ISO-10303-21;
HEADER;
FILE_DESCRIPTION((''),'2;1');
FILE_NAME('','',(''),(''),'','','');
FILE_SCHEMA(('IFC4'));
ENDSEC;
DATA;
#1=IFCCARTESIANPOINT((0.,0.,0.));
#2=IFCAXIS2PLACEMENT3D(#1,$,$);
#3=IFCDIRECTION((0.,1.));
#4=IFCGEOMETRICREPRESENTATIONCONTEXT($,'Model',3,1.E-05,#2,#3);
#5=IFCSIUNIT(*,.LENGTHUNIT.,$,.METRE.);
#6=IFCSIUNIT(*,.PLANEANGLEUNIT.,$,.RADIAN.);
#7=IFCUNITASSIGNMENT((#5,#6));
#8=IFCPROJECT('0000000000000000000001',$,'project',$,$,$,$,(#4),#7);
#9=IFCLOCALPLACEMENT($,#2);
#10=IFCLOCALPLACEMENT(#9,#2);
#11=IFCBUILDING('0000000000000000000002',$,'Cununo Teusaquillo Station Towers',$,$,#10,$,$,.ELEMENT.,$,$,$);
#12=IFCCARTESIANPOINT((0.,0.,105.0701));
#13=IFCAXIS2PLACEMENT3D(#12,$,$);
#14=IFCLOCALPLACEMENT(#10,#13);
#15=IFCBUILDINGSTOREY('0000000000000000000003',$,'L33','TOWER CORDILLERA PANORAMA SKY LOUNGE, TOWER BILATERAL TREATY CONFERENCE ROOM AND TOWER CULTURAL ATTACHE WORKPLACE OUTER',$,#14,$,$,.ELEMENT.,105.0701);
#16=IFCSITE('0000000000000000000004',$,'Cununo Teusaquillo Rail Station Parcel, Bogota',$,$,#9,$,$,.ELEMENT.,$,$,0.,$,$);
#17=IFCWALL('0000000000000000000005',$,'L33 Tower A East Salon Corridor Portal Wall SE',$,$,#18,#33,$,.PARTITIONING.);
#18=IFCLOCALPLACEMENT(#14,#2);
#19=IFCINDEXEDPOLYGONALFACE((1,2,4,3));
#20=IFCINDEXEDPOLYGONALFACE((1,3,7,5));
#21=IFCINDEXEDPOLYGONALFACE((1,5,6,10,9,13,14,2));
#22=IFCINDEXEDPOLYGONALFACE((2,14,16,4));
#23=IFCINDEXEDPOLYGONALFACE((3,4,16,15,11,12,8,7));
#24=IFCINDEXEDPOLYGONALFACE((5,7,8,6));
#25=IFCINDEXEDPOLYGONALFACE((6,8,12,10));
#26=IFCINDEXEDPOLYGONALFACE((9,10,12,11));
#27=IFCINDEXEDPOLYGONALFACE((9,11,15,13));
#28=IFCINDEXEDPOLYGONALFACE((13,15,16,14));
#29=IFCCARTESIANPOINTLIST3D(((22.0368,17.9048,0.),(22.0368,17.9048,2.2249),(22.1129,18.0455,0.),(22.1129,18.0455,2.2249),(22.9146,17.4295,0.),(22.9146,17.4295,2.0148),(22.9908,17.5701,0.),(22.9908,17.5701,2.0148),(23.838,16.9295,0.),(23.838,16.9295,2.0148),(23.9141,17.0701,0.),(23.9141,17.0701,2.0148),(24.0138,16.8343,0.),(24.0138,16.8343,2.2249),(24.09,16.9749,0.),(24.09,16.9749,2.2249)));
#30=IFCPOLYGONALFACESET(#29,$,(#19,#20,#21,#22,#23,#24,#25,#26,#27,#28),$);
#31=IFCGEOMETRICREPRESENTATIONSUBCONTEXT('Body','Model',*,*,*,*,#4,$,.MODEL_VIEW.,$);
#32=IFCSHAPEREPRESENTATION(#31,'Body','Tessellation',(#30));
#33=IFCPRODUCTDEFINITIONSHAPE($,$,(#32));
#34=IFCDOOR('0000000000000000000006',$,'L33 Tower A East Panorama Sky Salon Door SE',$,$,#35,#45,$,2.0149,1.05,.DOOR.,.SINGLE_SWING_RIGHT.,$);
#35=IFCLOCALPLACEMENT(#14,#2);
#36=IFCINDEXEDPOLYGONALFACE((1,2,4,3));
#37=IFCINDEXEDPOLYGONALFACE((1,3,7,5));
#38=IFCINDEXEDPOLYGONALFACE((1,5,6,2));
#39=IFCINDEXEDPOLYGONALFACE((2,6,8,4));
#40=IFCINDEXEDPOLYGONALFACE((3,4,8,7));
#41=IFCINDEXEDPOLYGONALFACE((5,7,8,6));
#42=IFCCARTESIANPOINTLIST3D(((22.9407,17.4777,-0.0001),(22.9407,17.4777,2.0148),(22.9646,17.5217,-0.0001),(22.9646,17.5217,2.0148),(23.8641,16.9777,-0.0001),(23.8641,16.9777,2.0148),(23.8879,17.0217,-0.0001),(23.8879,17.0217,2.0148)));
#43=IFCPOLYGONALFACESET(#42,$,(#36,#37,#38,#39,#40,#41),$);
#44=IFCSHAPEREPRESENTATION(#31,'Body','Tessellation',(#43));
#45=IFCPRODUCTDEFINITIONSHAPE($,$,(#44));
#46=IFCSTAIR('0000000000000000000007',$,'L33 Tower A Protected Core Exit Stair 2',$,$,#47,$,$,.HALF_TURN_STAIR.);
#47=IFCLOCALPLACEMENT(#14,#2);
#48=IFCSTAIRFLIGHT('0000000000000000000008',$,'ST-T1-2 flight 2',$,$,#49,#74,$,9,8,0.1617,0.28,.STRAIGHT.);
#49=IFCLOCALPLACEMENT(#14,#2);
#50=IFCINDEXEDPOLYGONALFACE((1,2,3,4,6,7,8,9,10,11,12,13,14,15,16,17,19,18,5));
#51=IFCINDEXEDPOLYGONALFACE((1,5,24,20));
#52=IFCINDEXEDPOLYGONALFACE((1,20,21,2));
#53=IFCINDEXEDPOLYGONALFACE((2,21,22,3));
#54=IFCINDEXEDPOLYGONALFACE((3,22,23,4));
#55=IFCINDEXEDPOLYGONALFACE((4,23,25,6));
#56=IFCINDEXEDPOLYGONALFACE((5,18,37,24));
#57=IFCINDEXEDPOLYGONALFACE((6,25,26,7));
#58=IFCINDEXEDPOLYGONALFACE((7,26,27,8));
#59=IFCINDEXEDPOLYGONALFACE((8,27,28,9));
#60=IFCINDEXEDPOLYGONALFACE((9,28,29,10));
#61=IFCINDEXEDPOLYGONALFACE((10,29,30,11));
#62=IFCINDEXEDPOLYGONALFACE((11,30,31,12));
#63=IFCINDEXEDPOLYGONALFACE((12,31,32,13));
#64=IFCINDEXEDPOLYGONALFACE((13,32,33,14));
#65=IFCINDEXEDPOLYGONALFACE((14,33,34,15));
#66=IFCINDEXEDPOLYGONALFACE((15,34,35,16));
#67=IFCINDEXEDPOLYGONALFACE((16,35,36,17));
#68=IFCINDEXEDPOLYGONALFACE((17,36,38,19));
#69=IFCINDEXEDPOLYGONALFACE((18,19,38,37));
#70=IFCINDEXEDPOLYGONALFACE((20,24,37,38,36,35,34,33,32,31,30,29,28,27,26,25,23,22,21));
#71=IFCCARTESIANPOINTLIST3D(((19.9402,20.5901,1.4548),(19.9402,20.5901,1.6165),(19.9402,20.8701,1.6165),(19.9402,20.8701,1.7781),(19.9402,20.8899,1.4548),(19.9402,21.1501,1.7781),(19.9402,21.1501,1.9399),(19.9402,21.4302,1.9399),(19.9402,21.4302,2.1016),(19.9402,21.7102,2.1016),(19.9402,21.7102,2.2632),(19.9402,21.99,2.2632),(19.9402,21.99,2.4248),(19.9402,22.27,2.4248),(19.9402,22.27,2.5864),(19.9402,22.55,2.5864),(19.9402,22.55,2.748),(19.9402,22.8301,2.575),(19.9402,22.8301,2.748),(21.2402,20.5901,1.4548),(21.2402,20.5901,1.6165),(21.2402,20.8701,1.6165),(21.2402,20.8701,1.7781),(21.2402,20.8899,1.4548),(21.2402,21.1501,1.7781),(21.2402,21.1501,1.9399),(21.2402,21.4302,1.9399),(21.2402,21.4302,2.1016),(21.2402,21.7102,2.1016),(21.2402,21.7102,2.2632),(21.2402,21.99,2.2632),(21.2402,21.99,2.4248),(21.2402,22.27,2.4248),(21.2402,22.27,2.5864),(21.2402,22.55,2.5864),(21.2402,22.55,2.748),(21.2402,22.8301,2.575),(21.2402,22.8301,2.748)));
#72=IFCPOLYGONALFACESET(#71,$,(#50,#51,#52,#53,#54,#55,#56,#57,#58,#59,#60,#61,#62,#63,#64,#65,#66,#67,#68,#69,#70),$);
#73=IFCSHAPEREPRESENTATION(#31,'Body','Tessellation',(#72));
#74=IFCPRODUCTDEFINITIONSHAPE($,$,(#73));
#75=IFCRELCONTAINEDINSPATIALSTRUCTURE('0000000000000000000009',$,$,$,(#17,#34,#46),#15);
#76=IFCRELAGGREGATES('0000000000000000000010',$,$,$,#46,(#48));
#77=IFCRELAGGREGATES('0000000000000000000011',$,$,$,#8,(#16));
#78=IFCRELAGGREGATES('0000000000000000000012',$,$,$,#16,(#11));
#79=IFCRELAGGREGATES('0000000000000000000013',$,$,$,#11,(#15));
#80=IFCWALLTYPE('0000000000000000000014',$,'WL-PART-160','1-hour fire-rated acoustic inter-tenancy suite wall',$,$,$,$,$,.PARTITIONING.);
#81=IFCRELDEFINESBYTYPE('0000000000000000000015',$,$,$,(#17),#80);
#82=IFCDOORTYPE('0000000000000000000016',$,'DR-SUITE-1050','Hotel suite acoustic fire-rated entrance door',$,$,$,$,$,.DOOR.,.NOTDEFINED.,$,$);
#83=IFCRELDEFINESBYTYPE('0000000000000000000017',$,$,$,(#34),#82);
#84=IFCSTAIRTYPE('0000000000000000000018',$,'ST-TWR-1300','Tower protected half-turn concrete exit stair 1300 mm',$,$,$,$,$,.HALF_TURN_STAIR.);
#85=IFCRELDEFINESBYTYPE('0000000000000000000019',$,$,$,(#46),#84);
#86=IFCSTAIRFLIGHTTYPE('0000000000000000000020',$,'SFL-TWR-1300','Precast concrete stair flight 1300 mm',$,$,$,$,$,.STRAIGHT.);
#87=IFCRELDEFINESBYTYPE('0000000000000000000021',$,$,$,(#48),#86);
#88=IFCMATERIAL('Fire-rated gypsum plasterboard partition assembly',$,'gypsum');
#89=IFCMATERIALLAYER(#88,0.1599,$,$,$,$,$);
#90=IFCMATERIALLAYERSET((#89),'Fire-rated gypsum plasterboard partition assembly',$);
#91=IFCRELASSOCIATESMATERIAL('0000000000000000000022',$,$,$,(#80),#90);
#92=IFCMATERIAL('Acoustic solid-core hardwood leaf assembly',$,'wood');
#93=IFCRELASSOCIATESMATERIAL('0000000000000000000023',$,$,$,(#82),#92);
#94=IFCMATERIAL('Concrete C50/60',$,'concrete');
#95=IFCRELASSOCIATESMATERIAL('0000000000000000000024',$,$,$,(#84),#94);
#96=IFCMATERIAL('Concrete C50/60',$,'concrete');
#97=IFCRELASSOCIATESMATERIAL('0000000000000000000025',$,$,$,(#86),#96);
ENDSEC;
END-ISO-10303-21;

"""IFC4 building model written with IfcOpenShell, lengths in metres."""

from ifc_helpers import new_model, si_unit, direction, frame, frame_2d, origin, place, context, subcontext, project, spatial, polyline, rectangle, outline, extrude, source, transform, mapped, material, layer, layer_set, type_object, element, fill, aggregate, save


model = new_model("IFC4")

# Units and contexts
model_context = context("Model", 3, precision=1e-05, world=origin(), true_north=direction((0.0, 1.0)))
body_context = subcontext(model_context, "Body", "Model", "MODEL_VIEW")
ifc_project = project(units=[si_unit("LENGTHUNIT", "METRE"), si_unit("PLANEANGLEUNIT", "RADIAN")], contexts=[model_context])

# Site, building, storey
site_placement = place(None, origin())
site = spatial("IfcSite", under=ifc_project, at=site_placement, Name="Cununo Teusaquillo Rail Station Parcel, Bogota", CompositionType="ELEMENT", RefElevation=0.0)
building_placement = place(site_placement, origin())
building = spatial("IfcBuilding", under=site, at=building_placement, Name="Cununo Teusaquillo Station Towers", CompositionType="ELEMENT")
storey_placement = place(building_placement, frame((0.0, 0.0, 105.0701)))
storey = spatial("IfcBuildingStorey", under=building, at=storey_placement, Name="L33", Description="TOWER CORDILLERA PANORAMA SKY LOUNGE, TOWER BILATERAL TREATY CONFERENCE ROOM AND TOWER CULTURAL ATTACHE WORKPLACE OUTER", CompositionType="ELEMENT", Elevation=105.0701)

# Wall, opening, door
ifc_material_1 = material(Name="Fire-rated gypsum plasterboard partition assembly", Category="gypsum")
ifc_layer_1 = layer(ifc_material_1, 0.1599)
ifc_layer_set_1 = layer_set([ifc_layer_1], Name="Fire-rated gypsum plasterboard partition assembly")
wall_type_1 = type_object("IfcWallType", Name="WL-PART-160", Description="1-hour fire-rated acoustic inter-tenancy suite wall", PredefinedType="PARTITIONING", material=ifc_layer_set_1)
wall_1_placement = place(storey_placement, frame((22.075, 17.9751, 0.0), z_axis=(0.0, 0.0, 1.0), x_axis=(0.879356, -0.476164, 0.0)))
wall_1 = element("IfcWall", 1, at=wall_1_placement, inside=storey, type_object=wall_type_1, Name="L33 Tower A East Salon Corridor Portal Wall SE", PredefinedType="PARTITIONING", context=body_context, shape_type="SweptSolid", body=[
    extrude(rectangle(XDim=2.2483, YDim=0.1599, at=frame_2d((1.124, 0.0))), origin(), (0.0, 0.0, 1.0), 2.2249),
])
shared_shape_1 = source(origin(), body_context, "Body", "SweptSolid", [
    extrude(rectangle(XDim=1.05, YDim=2.0149, at=frame_2d((0.5249, 1.0073))), frame((0.0, 0.0898, 0.0), z_axis=(0.0, -1.0, 0.0), x_axis=(1.0, 0.0, 0.0)), (0.0, 0.0, 1.0), 0.1799),
])
opening_placement = place(wall_1_placement, frame((0.9983, 0.0, 0.0)))
opening = element("IfcOpeningElement", 2, at=opening_placement, cuts=wall_1, PredefinedType="OPENING", context=body_context, shape_type="MappedRepresentation", body=[
    mapped(shared_shape_1, transform((0.0, 0.0, 0.0), x_axis=(1.0, 0.0, 0.0), y_axis=(0.0, 1.0, 0.0), z_axis=(0.0, 0.0, 1.0), scale=1.0)),
])
ifc_material_2 = material(Name="Acoustic solid-core hardwood leaf assembly", Category="wood")
door_type = type_object("IfcDoorType", Name="DR-SUITE-1050", Description="Hotel suite acoustic fire-rated entrance door", OperationType="NOTDEFINED", PredefinedType="DOOR", material=ifc_material_2)
shared_shape_2 = source(origin(), body_context, "Body", "SweptSolid", [
    extrude(rectangle(XDim=1.05, YDim=2.0149, at=frame_2d((0.5249, 1.0073))), frame((0.0, 0.0249, 0.0), z_axis=(0.0, -1.0, 0.0), x_axis=(1.0, 0.0, 0.0)), (0.0, 0.0, 1.0), 0.05),
])
door_placement = place(opening_placement, origin())
door = element("IfcDoor", 3, at=door_placement, inside=storey, type_object=door_type, Name="L33 Tower A East Panorama Sky Salon Door SE", OperationType="SINGLE_SWING_RIGHT", OverallHeight=2.0149, OverallWidth=1.05, PredefinedType="DOOR", context=body_context, shape_type="MappedRepresentation", body=[
    mapped(shared_shape_2, transform((0.0, 0.0, 0.0), x_axis=(1.0, 0.0, 0.0), y_axis=(0.0, 1.0, 0.0), z_axis=(0.0, 0.0, 1.0), scale=1.0)),
])
fill(opening, door)

# Stair, stair flight
ifc_material_3 = material(Name="Concrete C50/60", Category="concrete")
stair_type = type_object("IfcStairType", Name="ST-TWR-1300", Description="Tower protected half-turn concrete exit stair 1300 mm", PredefinedType="HALF_TURN_STAIR", material=ifc_material_3)
stair_placement = place(storey_placement, origin())
stair = element("IfcStair", 4, at=stair_placement, inside=storey, type_object=stair_type, Name="L33 Tower A Protected Core Exit Stair 2", PredefinedType="HALF_TURN_STAIR")
ifc_material_4 = material(Name="Concrete C50/60", Category="concrete")
stair_flight_type = type_object("IfcStairFlightType", Name="SFL-TWR-1300", Description="Precast concrete stair flight 1300 mm", PredefinedType="STRAIGHT", material=ifc_material_4)
stair_flight_placement = place(storey_placement, frame((20.5901, 20.5901, 1.4548), z_axis=(0.0, 0.0, 1.0), x_axis=(0.0, 1.0, 0.0)))
stair_flight = element("IfcStairFlight", 5, at=stair_flight_placement, type_object=stair_flight_type, Name="ST-T1-2 flight 2", NumberOfRisers=9, NumberOfTreads=8, PredefinedType="STRAIGHT", RiserHeight=0.1617, TreadLength=0.28, context=body_context, shape_type="SweptSolid", body=[
    extrude(outline(polyline([(0.0, 0.0), (0.0, 0.1616), (0.28, 0.1616), (0.28, 0.3232), (0.5601, 0.3232), (0.5601, 0.4851), (0.8401, 0.4851), (0.8401, 0.6467), (1.1201, 0.6467), (1.1201, 0.8083), (1.3999, 0.8083), (1.3999, 0.97), (1.6799, 0.97), (1.6799, 1.1316), (1.96, 1.1316), (1.96, 1.2932), (2.24, 1.2932), (2.24, 1.4551), (2.24, 1.1201), (0.2998, 0.0), (0.0, 0.0)])), frame((0.0, 0.6499, 0.0), z_axis=(0.0, -1.0, 0.0), x_axis=(1.0, 0.0, 0.0)), (0.0, 0.0, 1.0), 1.3),
])
aggregate(stair, [stair_flight])

save(model, "model.ifc")
